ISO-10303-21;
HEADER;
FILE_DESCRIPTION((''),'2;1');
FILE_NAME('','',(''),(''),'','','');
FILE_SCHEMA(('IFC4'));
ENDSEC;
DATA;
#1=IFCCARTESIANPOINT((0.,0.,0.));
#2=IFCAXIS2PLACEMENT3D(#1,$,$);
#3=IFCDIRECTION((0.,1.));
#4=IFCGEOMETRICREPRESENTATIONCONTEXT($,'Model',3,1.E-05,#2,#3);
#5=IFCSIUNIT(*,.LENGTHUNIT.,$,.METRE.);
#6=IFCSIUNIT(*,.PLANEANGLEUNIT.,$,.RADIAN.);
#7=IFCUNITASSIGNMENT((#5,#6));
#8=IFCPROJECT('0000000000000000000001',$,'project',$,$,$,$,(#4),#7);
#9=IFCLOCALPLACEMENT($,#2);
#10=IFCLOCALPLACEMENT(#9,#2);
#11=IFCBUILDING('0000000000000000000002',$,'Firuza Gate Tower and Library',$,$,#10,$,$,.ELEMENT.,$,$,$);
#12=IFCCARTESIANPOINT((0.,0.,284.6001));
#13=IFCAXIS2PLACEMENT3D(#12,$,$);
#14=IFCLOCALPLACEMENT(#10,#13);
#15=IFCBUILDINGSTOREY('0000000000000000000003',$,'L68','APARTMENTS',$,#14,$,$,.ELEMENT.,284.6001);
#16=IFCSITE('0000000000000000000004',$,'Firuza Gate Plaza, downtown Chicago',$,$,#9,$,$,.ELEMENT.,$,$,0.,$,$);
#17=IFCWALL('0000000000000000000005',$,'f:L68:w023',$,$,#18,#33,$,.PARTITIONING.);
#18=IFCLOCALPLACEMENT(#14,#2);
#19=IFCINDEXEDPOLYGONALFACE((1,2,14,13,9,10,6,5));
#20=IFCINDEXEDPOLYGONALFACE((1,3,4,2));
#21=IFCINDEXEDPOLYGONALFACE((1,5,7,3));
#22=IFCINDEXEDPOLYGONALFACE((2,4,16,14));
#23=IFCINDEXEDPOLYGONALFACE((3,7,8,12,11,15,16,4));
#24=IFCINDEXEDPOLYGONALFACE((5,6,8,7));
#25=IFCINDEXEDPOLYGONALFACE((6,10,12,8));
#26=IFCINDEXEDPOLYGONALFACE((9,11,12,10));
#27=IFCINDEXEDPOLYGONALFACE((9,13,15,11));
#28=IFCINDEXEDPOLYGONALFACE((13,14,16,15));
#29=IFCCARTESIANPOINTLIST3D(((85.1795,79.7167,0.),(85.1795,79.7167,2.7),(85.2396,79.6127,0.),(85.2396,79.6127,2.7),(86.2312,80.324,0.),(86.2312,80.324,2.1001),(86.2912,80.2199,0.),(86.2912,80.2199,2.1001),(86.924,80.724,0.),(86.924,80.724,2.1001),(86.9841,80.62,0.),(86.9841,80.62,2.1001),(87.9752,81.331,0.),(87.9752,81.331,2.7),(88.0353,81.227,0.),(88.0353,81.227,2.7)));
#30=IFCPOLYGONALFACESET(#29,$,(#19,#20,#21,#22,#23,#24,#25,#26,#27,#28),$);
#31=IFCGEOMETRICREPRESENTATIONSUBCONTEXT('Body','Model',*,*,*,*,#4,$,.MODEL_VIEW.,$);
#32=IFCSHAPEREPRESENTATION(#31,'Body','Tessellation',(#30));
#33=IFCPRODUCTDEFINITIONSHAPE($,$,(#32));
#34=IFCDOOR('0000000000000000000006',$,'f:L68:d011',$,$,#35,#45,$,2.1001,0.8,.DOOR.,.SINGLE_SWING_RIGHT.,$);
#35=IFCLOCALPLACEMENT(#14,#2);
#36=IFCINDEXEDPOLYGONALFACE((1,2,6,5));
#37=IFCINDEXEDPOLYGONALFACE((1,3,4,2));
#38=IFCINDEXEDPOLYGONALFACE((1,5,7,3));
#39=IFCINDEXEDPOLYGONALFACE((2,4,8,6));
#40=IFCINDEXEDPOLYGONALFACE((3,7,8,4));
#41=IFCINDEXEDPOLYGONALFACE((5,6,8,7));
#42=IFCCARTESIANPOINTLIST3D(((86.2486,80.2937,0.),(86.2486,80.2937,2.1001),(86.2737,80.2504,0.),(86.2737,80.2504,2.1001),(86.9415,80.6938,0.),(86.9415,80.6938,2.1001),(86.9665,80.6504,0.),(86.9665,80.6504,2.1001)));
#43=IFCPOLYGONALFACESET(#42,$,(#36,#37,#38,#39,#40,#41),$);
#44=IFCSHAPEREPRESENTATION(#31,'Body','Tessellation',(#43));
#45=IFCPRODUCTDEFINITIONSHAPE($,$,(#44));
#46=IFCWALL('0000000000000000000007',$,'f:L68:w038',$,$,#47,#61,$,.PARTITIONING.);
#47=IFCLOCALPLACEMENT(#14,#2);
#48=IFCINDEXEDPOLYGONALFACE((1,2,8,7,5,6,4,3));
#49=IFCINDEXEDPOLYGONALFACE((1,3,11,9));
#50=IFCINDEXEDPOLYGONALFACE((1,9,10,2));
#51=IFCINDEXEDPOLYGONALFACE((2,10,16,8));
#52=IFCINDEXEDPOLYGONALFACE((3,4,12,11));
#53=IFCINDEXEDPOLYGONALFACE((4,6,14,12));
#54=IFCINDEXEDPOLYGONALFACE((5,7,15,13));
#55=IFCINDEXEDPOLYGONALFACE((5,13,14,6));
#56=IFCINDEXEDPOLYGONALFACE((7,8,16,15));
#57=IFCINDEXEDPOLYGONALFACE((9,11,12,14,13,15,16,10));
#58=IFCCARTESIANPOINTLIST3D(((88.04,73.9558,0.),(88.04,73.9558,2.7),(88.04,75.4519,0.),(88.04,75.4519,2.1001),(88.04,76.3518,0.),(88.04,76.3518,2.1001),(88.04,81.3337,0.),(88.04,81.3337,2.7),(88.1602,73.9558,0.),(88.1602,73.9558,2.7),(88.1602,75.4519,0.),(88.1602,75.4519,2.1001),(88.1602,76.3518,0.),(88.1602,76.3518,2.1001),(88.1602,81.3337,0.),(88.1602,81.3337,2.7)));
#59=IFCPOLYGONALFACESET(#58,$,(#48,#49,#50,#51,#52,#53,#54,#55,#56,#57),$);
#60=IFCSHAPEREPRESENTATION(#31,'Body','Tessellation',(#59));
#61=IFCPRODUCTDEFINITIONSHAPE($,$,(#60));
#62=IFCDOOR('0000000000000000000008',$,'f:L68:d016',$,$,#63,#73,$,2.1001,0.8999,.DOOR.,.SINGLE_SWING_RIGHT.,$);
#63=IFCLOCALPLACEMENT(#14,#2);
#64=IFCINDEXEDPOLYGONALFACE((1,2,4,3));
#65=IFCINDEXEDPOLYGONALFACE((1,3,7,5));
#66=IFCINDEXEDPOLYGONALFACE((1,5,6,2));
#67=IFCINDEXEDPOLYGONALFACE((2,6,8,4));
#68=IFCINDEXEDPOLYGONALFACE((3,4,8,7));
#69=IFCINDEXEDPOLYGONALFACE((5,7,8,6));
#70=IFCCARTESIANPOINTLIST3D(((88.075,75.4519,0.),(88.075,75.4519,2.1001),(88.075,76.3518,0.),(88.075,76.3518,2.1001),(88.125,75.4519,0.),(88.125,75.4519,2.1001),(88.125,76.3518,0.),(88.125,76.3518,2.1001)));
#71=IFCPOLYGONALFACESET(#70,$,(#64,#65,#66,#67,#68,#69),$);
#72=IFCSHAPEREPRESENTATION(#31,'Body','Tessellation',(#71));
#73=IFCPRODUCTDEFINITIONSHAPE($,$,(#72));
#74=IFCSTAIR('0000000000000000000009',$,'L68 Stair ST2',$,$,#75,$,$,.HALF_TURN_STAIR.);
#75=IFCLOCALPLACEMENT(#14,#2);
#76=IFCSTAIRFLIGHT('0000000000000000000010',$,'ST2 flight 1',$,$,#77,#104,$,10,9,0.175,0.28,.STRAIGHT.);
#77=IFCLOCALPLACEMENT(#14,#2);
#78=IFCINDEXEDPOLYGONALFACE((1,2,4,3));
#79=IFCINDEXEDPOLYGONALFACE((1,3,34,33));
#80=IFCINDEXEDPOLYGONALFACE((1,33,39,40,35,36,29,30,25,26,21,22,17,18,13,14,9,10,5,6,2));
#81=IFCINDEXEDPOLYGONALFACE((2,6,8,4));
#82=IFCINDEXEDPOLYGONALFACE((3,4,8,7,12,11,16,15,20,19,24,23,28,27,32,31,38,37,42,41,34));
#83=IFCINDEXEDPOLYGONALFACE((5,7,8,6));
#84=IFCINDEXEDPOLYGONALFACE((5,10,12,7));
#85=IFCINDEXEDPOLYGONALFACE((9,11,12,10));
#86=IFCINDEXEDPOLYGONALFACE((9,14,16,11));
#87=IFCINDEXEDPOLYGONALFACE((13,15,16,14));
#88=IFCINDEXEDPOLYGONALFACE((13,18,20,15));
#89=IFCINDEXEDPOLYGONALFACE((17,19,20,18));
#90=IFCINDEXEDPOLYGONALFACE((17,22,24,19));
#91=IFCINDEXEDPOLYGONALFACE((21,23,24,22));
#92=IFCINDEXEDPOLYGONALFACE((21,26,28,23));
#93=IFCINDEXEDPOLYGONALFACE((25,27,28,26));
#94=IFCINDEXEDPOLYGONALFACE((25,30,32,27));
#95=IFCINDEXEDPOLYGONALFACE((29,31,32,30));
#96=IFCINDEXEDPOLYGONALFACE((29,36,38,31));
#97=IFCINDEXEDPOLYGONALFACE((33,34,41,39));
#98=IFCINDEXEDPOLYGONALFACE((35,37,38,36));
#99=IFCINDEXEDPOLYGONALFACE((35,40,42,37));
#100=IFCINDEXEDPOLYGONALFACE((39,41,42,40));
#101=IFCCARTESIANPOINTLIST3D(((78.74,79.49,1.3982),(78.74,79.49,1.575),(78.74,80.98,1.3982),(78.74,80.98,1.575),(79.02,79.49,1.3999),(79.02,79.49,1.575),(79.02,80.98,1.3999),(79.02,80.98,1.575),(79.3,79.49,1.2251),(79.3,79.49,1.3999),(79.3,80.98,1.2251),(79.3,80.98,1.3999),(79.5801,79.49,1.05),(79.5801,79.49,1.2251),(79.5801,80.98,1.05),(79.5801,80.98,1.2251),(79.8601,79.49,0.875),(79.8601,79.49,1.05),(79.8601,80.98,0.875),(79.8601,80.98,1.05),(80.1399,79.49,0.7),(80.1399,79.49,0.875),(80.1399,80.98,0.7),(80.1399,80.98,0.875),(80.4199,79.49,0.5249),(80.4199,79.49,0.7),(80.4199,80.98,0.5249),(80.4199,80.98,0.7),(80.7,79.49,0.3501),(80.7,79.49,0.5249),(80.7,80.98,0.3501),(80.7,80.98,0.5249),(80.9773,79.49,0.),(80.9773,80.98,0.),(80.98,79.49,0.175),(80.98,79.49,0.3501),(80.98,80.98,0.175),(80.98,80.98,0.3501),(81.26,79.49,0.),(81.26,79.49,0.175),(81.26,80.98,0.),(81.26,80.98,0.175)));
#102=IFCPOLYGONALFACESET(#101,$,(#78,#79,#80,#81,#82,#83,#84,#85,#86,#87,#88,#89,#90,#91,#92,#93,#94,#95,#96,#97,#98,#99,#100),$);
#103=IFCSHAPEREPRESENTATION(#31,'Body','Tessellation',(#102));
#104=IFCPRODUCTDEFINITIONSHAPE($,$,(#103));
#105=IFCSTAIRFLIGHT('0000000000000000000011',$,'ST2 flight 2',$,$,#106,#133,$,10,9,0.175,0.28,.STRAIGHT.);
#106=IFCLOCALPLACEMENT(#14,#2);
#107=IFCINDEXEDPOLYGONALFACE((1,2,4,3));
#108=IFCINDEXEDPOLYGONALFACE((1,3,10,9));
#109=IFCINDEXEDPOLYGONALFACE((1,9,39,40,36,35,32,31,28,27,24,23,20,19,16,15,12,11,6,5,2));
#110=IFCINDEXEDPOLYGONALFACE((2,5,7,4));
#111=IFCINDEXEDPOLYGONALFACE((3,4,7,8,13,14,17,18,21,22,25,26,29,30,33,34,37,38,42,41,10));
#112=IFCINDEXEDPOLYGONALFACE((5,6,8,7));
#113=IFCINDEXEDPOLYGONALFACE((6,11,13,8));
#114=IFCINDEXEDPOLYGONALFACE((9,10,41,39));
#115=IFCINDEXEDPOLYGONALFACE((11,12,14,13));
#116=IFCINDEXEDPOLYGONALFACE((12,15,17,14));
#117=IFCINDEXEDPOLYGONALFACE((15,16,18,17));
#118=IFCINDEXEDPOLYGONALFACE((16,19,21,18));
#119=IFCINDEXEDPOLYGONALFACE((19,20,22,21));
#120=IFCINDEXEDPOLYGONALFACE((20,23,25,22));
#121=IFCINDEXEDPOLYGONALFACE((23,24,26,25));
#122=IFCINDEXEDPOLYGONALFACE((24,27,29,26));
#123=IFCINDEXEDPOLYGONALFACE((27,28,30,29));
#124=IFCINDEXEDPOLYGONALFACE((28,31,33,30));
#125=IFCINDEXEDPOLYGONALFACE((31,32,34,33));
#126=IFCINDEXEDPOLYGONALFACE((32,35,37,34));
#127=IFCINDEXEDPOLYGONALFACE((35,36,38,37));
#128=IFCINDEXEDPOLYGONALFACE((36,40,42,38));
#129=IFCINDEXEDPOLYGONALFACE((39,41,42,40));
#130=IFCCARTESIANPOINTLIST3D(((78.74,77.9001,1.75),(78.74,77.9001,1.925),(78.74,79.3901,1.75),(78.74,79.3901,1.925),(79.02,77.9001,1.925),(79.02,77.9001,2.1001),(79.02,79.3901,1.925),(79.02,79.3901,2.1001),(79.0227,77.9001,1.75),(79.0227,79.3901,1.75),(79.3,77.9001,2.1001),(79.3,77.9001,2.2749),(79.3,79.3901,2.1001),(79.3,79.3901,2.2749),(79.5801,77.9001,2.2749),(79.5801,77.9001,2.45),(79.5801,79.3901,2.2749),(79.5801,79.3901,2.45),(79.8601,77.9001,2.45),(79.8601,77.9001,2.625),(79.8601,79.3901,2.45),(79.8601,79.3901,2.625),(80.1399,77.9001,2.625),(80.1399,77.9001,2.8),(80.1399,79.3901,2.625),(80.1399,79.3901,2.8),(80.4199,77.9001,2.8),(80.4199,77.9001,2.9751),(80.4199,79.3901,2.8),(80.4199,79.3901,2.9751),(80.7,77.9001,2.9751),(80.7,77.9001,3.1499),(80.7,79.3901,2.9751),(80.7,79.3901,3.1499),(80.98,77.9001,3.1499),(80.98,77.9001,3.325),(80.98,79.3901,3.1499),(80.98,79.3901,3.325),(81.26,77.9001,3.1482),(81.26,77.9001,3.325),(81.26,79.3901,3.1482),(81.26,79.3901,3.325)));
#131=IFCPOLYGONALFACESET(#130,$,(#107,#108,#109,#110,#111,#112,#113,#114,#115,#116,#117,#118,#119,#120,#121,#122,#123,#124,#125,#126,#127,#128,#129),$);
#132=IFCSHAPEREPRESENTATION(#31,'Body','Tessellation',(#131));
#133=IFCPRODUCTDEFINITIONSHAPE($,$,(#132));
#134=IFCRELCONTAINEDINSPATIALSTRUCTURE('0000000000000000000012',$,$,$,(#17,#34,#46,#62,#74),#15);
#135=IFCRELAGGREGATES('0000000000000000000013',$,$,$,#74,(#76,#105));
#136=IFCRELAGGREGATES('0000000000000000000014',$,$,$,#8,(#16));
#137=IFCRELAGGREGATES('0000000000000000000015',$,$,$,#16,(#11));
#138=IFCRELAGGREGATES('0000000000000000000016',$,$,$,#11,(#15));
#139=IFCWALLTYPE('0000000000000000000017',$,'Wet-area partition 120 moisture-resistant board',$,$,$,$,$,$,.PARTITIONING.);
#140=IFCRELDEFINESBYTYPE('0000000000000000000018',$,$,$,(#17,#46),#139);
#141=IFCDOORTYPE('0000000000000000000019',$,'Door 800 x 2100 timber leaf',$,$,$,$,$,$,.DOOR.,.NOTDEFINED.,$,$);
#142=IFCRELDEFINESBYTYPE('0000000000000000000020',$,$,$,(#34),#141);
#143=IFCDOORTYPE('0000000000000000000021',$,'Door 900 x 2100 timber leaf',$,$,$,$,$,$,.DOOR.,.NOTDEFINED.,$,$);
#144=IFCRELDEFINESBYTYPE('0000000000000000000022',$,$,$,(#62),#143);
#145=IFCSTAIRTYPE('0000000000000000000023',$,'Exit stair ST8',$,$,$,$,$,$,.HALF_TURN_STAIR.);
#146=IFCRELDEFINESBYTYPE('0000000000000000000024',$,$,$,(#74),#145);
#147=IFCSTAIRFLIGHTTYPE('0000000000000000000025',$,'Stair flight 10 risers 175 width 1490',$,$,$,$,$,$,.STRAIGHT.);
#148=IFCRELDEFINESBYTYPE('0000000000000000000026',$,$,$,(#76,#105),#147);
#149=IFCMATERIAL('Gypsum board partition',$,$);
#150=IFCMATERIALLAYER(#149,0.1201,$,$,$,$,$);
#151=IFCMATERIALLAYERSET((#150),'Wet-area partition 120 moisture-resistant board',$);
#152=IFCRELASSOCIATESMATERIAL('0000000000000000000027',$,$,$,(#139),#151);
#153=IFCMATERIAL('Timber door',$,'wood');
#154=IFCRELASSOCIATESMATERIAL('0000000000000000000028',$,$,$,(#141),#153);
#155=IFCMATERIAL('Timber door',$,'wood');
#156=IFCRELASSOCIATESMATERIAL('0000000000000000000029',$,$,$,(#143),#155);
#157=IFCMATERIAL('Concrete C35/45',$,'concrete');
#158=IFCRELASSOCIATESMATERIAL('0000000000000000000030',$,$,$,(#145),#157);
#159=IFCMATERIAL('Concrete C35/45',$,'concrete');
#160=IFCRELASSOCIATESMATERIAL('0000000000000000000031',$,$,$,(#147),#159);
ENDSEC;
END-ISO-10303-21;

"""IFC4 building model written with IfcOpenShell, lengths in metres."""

from ifc_helpers import new_model, si_unit, direction, frame, frame_2d, origin, place, context, subcontext, project, spatial, polyline, rectangle, outline, extrude, material, layer, layer_set, type_object, element, fill, aggregate, save


model = new_model("IFC4")

# Units and contexts
model_context = context("Model", 3, precision=1e-05, world=origin(), true_north=direction((0.0, 1.0)))
body_context = subcontext(model_context, "Body", "Model", "MODEL_VIEW")
ifc_project = project(units=[si_unit("LENGTHUNIT", "METRE"), si_unit("PLANEANGLEUNIT", "RADIAN")], contexts=[model_context])

# Site, building, storey
site_placement = place(None, origin())
site = spatial("IfcSite", under=ifc_project, at=site_placement, Name="Firuza Gate Plaza, downtown Chicago", CompositionType="ELEMENT", RefElevation=0.0)
building_placement = place(site_placement, origin())
building = spatial("IfcBuilding", under=site, at=building_placement, Name="Firuza Gate Tower and Library", CompositionType="ELEMENT")
storey_placement = place(building_placement, frame((0.0, 0.0, 284.6001)))
storey = spatial("IfcBuildingStorey", under=building, at=storey_placement, Name="L68", Description="APARTMENTS", CompositionType="ELEMENT", Elevation=284.6001)

# Shared definitions
placement = place(storey_placement, origin())

# Shared definitions
ifc_material_1 = material(Name="Gypsum board partition")
ifc_layer_1 = layer(ifc_material_1, 0.1201)
ifc_layer_set_1 = layer_set([ifc_layer_1], Name="Wet-area partition 120 moisture-resistant board")
wall_type_1 = type_object("IfcWallType", Name="Wet-area partition 120 moisture-resistant board", PredefinedType="PARTITIONING", material=ifc_layer_set_1)

# Walls, openings, doors
wall_1_placement = place(storey_placement, frame((88.0054, 81.2791, 0.0), z_axis=(0.0, 0.0, 1.0), x_axis=(-0.866, -0.500043, 0.0)))
wall_1 = element("IfcWall", 1, at=wall_1_placement, inside=storey, type_object=wall_type_1, Name="f:L68:w023", PredefinedType="PARTITIONING", context=body_context, shape_type="SweptSolid", body=[
    extrude(rectangle(XDim=3.2283, YDim=0.1201, at=frame_2d((1.6143, 0.0))), origin(), (0.0, 0.0, 1.0), 2.7),
])
opening_1_placement = place(wall_1_placement, frame((1.2141, 0.0, 0.0)))
opening_1 = element("IfcOpeningElement", 2, at=opening_1_placement, cuts=wall_1, PredefinedType="OPENING", context=body_context, shape_type="SweptSolid", body=[
    extrude(rectangle(XDim=0.8, YDim=2.1001, at=frame_2d((0.3999, 1.05))), frame((0.0, 0.0701, 0.0), z_axis=(0.0, -1.0, 0.0), x_axis=(1.0, 0.0, 0.0)), (0.0, 0.0, 1.0), 0.1401),
])
ifc_material_2 = material(Name="Timber door", Category="wood")
door_type_1 = type_object("IfcDoorType", Name="Door 800 x 2100 timber leaf", OperationType="NOTDEFINED", PredefinedType="DOOR", material=ifc_material_2)
door_1_placement = place(opening_1_placement, origin())
door_1 = element("IfcDoor", 3, at=door_1_placement, inside=storey, type_object=door_type_1, Name="f:L68:d011", OperationType="SINGLE_SWING_RIGHT", OverallHeight=2.1001, OverallWidth=0.8, PredefinedType="DOOR", context=body_context, shape_type="SweptSolid", body=[
    extrude(rectangle(XDim=0.8, YDim=2.1001, at=frame_2d((0.3999, 1.05))), frame((0.0, 0.0249, 0.0), z_axis=(0.0, -1.0, 0.0), x_axis=(1.0, 0.0, 0.0)), (0.0, 0.0, 1.0), 0.05),
])
fill(opening_1, door_1)
wall_2_placement = place(storey_placement, frame((88.1001, 81.3337, 0.0), z_axis=(0.0, 0.0, 1.0), x_axis=(0.0, -1.0, 0.0)))
wall_2 = element("IfcWall", 4, at=wall_2_placement, inside=storey, type_object=wall_type_1, Name="f:L68:w038", PredefinedType="PARTITIONING", context=body_context, shape_type="SweptSolid", body=[
    extrude(rectangle(XDim=7.3779, YDim=0.1201, at=frame_2d((3.689, 0.0))), origin(), (0.0, 0.0, 1.0), 2.7),
])
opening_2_placement = place(wall_2_placement, frame((4.9819, 0.0, 0.0)))
opening_2 = element("IfcOpeningElement", 5, at=opening_2_placement, cuts=wall_2, PredefinedType="OPENING", context=body_context, shape_type="SweptSolid", body=[
    extrude(rectangle(XDim=0.8999, YDim=2.1001, at=frame_2d((0.45, 1.05))), frame((0.0, 0.0701, 0.0), z_axis=(0.0, -1.0, 0.0), x_axis=(1.0, 0.0, 0.0)), (0.0, 0.0, 1.0), 0.1401),
])
ifc_material_3 = material(Name="Timber door", Category="wood")
door_type_2 = type_object("IfcDoorType", Name="Door 900 x 2100 timber leaf", OperationType="NOTDEFINED", PredefinedType="DOOR", material=ifc_material_3)
door_2_placement = place(opening_2_placement, origin())
door_2 = element("IfcDoor", 6, at=door_2_placement, inside=storey, type_object=door_type_2, Name="f:L68:d016", OperationType="SINGLE_SWING_RIGHT", OverallHeight=2.1001, OverallWidth=0.8999, PredefinedType="DOOR", context=body_context, shape_type="SweptSolid", body=[
    extrude(rectangle(XDim=0.8999, YDim=2.1001, at=frame_2d((0.45, 1.05))), frame((0.0, 0.0249, 0.0), z_axis=(0.0, -1.0, 0.0), x_axis=(1.0, 0.0, 0.0)), (0.0, 0.0, 1.0), 0.05),
])
fill(opening_2, door_2)

# Stair, stair flights
ifc_material_4 = material(Name="Concrete C35/45", Category="concrete")
stair_type = type_object("IfcStairType", Name="Exit stair ST8", PredefinedType="HALF_TURN_STAIR", material=ifc_material_4)
stair = element("IfcStair", 7, at=placement, inside=storey, type_object=stair_type, Name="L68 Stair ST2", PredefinedType="HALF_TURN_STAIR")
ifc_material_5 = material(Name="Concrete C35/45", Category="concrete")
stair_flight_type = type_object("IfcStairFlightType", Name="Stair flight 10 risers 175 width 1490", PredefinedType="STRAIGHT", material=ifc_material_5)
stair_flight_1_placement = place(storey_placement, frame((81.26, 80.2351, 0.0), z_axis=(0.0, 0.0, 1.0), x_axis=(-1.0, 0.0, 0.0)))
stair_flight_1 = element("IfcStairFlight", 8, at=stair_flight_1_placement, type_object=stair_flight_type, Name="ST2 flight 1", NumberOfRisers=10, NumberOfTreads=9, PredefinedType="STRAIGHT", RiserHeight=0.175, TreadLength=0.28, context=body_context, shape_type="SweptSolid", body=[
    extrude(outline(polyline([(0.0, 0.0), (0.0, 0.175), (0.28, 0.175), (0.28, 0.3501), (0.5601, 0.3501), (0.5601, 0.5249), (0.8401, 0.5249), (0.8401, 0.7), (1.1201, 0.7), (1.1201, 0.875), (1.3999, 0.875), (1.3999, 1.05), (1.6799, 1.05), (1.6799, 1.2251), (1.96, 1.2251), (1.96, 1.3999), (2.24, 1.3999), (2.24, 1.575), (2.52, 1.575), (2.52, 1.75), (2.52, 1.3982), (0.2827, 0.0), (0.0, 0.0)])), frame((0.0, 0.7451, 0.0), z_axis=(0.0, -1.0, 0.0), x_axis=(1.0, 0.0, 0.0)), (0.0, 0.0, 1.0), 1.49),
])
stair_flight_2_placement = place(storey_placement, frame((78.74, 78.645, 1.75), z_axis=(0.0, 0.0, 1.0), x_axis=(1.0, 0.0, 0.0)))
stair_flight_2 = element("IfcStairFlight", 9, at=stair_flight_2_placement, type_object=stair_flight_type, Name="ST2 flight 2", NumberOfRisers=10, NumberOfTreads=9, PredefinedType="STRAIGHT", RiserHeight=0.175, TreadLength=0.28, context=body_context, shape_type="SweptSolid", body=[
    extrude(outline(polyline([(0.0, 0.0), (0.0, 0.175), (0.28, 0.175), (0.28, 0.3501), (0.5601, 0.3501), (0.5601, 0.5249), (0.8401, 0.5249), (0.8401, 0.7), (1.1201, 0.7), (1.1201, 0.875), (1.3999, 0.875), (1.3999, 1.05), (1.6799, 1.05), (1.6799, 1.2251), (1.96, 1.2251), (1.96, 1.3999), (2.24, 1.3999), (2.24, 1.575), (2.52, 1.575), (2.52, 1.75), (2.52, 1.3982), (0.2827, 0.0), (0.0, 0.0)])), frame((0.0, 0.7451, 0.0), z_axis=(0.0, -1.0, 0.0), x_axis=(1.0, 0.0, 0.0)), (0.0, 0.0, 1.0), 1.49),
])
aggregate(stair, [stair_flight_1, stair_flight_2])

save(model, "model.ifc")
